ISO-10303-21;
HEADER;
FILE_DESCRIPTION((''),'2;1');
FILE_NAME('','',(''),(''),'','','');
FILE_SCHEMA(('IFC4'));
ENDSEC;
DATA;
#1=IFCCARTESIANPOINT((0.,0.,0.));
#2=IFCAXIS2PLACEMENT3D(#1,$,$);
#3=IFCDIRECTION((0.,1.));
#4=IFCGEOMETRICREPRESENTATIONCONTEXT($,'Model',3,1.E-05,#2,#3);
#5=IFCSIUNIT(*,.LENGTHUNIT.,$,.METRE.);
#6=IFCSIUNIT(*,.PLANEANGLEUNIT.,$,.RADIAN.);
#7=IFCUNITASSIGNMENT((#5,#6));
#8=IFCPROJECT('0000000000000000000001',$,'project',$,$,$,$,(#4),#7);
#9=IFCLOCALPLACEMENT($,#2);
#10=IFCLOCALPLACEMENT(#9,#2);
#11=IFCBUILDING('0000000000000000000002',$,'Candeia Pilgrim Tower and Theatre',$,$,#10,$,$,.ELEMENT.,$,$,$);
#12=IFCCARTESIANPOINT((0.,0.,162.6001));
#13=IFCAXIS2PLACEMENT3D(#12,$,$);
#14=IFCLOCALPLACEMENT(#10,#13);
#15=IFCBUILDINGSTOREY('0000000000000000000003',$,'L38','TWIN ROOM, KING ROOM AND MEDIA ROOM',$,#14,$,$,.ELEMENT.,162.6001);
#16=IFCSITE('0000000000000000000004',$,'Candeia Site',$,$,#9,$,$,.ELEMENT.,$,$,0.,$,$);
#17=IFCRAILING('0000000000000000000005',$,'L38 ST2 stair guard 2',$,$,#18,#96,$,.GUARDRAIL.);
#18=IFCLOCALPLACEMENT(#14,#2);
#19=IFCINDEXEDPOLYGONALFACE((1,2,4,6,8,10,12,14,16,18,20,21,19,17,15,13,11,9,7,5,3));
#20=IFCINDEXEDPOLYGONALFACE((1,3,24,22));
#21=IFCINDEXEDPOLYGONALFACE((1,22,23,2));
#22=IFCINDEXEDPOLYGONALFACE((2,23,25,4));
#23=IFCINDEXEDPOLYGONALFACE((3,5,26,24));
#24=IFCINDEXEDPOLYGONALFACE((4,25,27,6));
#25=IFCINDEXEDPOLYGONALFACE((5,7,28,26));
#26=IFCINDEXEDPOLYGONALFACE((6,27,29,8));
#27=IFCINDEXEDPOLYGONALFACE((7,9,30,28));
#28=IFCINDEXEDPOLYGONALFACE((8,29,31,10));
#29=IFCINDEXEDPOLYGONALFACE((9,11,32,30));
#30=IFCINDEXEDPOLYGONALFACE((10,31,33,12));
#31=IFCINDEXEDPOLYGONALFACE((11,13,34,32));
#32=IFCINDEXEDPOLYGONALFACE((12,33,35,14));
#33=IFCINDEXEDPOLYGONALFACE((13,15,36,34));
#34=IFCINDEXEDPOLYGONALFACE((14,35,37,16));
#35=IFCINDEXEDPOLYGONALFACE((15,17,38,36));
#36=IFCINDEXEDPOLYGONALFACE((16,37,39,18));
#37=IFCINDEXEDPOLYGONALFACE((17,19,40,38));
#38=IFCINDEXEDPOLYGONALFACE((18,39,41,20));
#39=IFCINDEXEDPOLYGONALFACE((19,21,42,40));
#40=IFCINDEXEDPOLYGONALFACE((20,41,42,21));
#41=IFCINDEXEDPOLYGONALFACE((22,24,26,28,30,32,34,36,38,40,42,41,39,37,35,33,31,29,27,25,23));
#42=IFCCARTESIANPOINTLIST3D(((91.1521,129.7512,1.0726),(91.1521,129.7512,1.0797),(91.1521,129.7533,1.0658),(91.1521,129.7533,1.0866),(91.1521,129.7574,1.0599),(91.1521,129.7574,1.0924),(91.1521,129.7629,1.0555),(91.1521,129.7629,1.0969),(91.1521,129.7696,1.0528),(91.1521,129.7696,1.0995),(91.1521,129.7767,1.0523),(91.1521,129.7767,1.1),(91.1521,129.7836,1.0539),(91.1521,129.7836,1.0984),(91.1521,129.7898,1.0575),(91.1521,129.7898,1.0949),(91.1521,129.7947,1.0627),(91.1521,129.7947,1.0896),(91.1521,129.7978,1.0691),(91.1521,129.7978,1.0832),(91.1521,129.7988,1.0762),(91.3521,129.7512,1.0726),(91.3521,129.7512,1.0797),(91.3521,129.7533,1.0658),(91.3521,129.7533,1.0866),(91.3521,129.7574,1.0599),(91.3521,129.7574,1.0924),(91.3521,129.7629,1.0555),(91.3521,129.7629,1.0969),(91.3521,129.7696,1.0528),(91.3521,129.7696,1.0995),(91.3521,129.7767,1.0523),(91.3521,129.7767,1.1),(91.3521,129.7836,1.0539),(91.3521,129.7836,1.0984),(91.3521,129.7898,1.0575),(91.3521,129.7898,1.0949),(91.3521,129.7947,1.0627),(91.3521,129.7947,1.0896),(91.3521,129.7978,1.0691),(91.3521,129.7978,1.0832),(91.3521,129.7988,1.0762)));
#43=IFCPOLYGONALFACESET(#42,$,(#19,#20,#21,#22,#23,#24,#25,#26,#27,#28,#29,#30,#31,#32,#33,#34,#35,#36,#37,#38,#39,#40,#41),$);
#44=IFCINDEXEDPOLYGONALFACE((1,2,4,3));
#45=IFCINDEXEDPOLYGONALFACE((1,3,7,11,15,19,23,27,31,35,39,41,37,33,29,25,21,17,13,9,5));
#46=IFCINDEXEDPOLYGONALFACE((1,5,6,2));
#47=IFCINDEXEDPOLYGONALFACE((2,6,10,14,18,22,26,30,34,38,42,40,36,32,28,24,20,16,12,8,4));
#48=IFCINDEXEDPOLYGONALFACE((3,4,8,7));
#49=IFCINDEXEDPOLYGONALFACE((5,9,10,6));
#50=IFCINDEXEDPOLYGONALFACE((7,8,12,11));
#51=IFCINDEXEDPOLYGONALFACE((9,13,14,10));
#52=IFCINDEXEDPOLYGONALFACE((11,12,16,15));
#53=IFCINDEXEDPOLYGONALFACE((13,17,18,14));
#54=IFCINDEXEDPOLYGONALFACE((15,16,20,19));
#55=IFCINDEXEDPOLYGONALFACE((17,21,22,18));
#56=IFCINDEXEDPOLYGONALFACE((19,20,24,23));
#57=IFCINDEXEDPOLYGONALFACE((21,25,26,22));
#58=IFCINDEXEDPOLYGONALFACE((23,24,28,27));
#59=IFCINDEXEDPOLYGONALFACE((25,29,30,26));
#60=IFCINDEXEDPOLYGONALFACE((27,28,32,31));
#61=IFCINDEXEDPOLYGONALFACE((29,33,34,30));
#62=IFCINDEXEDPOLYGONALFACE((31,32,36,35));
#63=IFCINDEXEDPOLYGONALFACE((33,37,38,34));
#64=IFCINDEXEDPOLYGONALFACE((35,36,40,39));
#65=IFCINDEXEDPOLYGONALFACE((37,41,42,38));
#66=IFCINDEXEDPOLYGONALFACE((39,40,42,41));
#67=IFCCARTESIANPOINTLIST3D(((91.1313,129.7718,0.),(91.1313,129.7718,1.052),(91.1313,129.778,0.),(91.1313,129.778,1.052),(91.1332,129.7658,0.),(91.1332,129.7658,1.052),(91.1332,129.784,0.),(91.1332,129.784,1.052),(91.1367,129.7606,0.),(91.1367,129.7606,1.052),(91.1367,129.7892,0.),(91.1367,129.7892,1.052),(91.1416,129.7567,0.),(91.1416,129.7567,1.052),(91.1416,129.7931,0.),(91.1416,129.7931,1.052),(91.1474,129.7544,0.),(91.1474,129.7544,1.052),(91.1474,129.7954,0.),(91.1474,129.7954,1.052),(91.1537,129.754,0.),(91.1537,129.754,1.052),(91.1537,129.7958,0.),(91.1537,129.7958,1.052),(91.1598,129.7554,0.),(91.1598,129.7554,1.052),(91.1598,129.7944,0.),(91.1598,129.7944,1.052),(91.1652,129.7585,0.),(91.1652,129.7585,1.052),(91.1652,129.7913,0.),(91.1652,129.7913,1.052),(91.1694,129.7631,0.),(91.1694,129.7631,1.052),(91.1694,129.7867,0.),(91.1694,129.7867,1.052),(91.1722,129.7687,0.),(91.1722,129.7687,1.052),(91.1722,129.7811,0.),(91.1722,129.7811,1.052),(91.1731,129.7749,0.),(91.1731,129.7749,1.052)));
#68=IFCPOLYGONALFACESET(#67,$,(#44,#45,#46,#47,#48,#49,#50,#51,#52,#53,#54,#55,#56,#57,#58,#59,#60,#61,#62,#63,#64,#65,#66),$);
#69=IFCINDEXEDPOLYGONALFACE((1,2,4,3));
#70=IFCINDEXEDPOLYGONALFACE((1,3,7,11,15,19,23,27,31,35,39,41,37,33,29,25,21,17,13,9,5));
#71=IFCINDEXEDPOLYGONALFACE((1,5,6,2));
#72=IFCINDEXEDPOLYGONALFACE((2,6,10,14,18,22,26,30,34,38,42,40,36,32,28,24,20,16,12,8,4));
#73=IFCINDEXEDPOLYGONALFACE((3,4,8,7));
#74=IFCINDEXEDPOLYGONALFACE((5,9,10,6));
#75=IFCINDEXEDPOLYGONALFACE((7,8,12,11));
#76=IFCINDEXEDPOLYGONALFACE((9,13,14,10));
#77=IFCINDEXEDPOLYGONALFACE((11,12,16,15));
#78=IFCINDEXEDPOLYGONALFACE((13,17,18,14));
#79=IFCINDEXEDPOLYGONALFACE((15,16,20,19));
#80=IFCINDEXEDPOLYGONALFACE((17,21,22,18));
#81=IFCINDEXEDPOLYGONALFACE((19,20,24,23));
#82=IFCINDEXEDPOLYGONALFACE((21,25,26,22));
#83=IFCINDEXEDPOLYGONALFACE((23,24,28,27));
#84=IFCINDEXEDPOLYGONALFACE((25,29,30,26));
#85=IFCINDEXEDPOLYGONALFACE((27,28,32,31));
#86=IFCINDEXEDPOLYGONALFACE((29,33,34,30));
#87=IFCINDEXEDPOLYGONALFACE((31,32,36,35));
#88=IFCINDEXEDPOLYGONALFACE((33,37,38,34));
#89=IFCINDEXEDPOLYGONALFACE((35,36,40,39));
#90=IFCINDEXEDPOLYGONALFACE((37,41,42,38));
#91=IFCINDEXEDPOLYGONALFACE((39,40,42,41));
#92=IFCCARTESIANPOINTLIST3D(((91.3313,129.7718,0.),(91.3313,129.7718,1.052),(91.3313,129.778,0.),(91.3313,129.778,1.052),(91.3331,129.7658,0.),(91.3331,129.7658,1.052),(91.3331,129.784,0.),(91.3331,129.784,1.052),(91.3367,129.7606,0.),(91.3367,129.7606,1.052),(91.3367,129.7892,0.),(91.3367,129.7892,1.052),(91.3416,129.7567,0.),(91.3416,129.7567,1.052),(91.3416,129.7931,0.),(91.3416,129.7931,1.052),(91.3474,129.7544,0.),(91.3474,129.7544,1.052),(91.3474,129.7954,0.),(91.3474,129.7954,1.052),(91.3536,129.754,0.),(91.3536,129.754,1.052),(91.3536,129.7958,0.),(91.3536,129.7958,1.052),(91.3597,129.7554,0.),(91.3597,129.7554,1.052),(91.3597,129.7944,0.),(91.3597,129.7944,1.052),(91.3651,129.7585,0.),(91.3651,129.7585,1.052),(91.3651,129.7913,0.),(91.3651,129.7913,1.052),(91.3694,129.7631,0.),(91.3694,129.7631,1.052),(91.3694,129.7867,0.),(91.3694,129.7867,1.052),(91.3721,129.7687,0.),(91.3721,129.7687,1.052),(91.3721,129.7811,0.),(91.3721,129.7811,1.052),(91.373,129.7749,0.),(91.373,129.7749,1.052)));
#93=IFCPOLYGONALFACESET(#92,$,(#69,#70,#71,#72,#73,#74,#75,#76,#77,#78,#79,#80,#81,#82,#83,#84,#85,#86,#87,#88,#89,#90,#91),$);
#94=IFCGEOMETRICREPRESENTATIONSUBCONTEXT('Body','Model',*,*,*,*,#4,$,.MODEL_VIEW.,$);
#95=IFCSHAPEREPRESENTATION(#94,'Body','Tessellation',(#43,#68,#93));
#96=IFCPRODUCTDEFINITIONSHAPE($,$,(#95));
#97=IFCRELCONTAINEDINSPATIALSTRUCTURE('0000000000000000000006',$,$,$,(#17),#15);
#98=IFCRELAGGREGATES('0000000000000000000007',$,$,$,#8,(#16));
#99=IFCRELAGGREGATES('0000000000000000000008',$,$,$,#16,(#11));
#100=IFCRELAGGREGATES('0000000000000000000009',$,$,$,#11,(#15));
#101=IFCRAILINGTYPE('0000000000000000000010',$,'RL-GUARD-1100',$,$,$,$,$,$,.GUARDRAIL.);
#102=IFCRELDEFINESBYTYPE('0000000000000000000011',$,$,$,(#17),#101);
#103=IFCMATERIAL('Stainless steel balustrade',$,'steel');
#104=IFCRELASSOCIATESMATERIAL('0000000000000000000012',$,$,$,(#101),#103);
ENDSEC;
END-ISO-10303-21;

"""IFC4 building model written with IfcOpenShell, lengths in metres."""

from ifc_helpers import new_model, si_unit, direction, frame, origin, origin_2d, place, context, subcontext, project, spatial, circle, extrude, material, type_object, element, save


model = new_model("IFC4")

# Units and contexts
model_context = context("Model", 3, precision=1e-05, world=origin(), true_north=direction((0.0, 1.0)))
body_context = subcontext(model_context, "Body", "Model", "MODEL_VIEW")
ifc_project = project(units=[si_unit("LENGTHUNIT", "METRE"), si_unit("PLANEANGLEUNIT", "RADIAN")], contexts=[model_context])

# Site, building, storey
site_placement = place(None, origin())
site = spatial("IfcSite", under=ifc_project, at=site_placement, Name="Candeia Site", CompositionType="ELEMENT", RefElevation=0.0)
building_placement = place(site_placement, origin())
building = spatial("IfcBuilding", under=site, at=building_placement, Name="Candeia Pilgrim Tower and Theatre", CompositionType="ELEMENT")
storey_placement = place(building_placement, frame((0.0, 0.0, 162.6001)))
storey = spatial("IfcBuildingStorey", under=building, at=storey_placement, Name="L38", Description="TWIN ROOM, KING ROOM AND MEDIA ROOM", CompositionType="ELEMENT", Elevation=162.6001)

# Shared definitions
ifc_material_1 = material(Name="Stainless steel balustrade", Category="steel")

# Railing
railing_type_1 = type_object("IfcRailingType", Name="RL-GUARD-1100", PredefinedType="GUARDRAIL", material=ifc_material_1)
railing_1_placement = place(storey_placement, frame((91.1521, 129.7749, 0.0)))
element("IfcRailing", 1, at=railing_1_placement, inside=storey, type_object=railing_type_1, Name="L38 ST2 stair guard 2", PredefinedType="GUARDRAIL", context=body_context, shape_type="SweptSolid", body=[
    extrude(circle(Radius=0.0239, at=origin_2d()), frame((0.0, 0.0, 1.0762), z_axis=(1.0, 0.0, 0.0), x_axis=(0.0, 1.0, 0.0)), (0.0, 0.0, 1.0), 0.2),
    extrude(circle(Radius=0.021, at=origin_2d()), origin(), (0.0, 0.0, 1.0), 1.052),
    extrude(circle(Radius=0.021, at=origin_2d()), frame((0.2, 0.0, 0.0)), (0.0, 0.0, 1.0), 1.052),
])

save(model, "model.ifc")
